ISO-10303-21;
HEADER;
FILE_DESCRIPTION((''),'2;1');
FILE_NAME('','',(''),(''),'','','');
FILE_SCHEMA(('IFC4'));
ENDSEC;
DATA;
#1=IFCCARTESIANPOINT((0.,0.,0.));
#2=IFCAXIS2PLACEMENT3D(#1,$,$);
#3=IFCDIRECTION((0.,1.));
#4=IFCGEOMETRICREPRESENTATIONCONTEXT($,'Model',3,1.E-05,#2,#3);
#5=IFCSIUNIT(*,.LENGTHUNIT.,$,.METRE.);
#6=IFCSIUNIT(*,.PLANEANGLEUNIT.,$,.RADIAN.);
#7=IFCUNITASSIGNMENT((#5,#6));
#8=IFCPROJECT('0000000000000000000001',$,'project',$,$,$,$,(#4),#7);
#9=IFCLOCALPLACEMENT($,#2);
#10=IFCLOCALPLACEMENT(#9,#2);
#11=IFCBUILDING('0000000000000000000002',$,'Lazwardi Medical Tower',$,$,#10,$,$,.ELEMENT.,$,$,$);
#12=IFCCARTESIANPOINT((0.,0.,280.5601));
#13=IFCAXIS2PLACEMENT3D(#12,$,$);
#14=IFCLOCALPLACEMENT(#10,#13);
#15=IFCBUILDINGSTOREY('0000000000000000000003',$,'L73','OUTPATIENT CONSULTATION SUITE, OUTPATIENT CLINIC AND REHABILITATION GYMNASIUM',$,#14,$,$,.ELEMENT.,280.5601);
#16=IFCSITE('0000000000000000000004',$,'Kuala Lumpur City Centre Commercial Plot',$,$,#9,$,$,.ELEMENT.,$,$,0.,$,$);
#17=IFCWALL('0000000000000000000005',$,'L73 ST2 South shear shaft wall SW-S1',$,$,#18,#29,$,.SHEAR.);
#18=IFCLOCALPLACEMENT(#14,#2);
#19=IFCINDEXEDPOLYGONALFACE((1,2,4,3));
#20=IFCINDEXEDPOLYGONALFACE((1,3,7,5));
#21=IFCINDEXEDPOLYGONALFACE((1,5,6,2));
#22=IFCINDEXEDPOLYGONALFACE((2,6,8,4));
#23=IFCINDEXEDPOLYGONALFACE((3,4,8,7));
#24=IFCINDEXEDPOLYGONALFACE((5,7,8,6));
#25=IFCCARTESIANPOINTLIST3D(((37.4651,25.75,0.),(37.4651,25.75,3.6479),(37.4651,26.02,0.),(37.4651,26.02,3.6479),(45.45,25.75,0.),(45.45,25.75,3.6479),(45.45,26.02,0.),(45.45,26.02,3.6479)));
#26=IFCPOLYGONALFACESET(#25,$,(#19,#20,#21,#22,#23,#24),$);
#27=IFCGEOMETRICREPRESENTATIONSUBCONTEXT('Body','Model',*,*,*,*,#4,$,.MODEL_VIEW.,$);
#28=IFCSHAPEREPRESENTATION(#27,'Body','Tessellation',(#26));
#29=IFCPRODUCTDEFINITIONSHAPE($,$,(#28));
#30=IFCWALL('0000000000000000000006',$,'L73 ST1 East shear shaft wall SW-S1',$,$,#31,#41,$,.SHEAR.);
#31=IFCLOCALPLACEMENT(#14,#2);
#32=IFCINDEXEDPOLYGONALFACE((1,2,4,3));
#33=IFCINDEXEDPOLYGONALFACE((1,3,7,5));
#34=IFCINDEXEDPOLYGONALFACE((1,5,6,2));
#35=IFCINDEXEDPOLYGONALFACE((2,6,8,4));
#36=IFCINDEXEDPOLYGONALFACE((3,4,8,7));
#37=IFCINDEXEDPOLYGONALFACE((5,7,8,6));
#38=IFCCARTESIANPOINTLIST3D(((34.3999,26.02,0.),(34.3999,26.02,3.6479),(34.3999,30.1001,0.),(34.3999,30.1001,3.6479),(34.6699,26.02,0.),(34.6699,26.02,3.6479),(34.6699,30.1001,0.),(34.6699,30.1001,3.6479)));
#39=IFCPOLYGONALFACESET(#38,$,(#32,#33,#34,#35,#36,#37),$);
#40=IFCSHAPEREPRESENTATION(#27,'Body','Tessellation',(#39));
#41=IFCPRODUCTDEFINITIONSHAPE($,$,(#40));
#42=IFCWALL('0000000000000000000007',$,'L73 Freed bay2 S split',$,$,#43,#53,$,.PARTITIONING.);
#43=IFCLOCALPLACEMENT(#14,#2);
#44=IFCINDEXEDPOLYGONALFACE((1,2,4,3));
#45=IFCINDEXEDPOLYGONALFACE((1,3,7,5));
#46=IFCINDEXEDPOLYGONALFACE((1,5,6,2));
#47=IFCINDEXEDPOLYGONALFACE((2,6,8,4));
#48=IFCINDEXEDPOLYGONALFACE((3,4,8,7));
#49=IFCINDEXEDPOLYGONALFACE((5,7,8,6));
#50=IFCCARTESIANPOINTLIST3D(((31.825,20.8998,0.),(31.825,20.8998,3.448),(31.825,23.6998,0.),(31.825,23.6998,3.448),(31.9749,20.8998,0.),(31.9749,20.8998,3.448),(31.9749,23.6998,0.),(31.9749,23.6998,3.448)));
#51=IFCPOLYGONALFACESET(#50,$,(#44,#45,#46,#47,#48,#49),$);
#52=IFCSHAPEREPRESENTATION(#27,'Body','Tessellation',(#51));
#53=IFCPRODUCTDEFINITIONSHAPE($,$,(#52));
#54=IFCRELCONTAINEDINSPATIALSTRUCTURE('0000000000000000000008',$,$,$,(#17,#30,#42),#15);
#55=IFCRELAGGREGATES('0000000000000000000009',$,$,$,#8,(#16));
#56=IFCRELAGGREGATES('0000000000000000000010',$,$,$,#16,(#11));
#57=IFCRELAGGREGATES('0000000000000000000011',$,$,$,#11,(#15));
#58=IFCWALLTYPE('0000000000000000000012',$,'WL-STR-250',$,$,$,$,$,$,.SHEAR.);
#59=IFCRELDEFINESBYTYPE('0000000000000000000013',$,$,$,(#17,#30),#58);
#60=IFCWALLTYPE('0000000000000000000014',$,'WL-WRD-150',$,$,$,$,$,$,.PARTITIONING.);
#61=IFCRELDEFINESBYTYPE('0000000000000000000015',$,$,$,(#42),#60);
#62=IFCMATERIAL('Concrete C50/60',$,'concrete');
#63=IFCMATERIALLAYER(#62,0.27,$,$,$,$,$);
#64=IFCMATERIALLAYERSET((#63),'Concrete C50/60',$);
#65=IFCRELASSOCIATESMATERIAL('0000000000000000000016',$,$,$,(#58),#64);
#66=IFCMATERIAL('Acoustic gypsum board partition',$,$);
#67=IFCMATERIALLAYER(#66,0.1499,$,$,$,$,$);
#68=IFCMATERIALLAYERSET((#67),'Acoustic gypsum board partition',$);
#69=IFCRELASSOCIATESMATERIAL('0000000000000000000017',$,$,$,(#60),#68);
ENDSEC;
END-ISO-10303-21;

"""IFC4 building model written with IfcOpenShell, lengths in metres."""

from ifc_helpers import new_model, si_unit, direction, frame, frame_2d, origin, place, context, subcontext, project, spatial, rectangle, extrude, material, layer, layer_set, type_object, element, save


model = new_model("IFC4")

# Units and contexts
model_context = context("Model", 3, precision=1e-05, world=origin(), true_north=direction((0.0, 1.0)))
body_context = subcontext(model_context, "Body", "Model", "MODEL_VIEW")
ifc_project = project(units=[si_unit("LENGTHUNIT", "METRE"), si_unit("PLANEANGLEUNIT", "RADIAN")], contexts=[model_context])

# Site, building, storey
site_placement = place(None, origin())
site = spatial("IfcSite", under=ifc_project, at=site_placement, Name="Kuala Lumpur City Centre Commercial Plot", CompositionType="ELEMENT", RefElevation=0.0)
building_placement = place(site_placement, origin())
building = spatial("IfcBuilding", under=site, at=building_placement, Name="Lazwardi Medical Tower", CompositionType="ELEMENT")
storey_placement = place(building_placement, frame((0.0, 0.0, 280.5601)))
storey = spatial("IfcBuildingStorey", under=building, at=storey_placement, Name="L73", Description="OUTPATIENT CONSULTATION SUITE, OUTPATIENT CLINIC AND REHABILITATION GYMNASIUM", CompositionType="ELEMENT", Elevation=280.5601)

# Shared definitions
ifc_material_1 = material(Name="Concrete C50/60", Category="concrete")
ifc_layer_1 = layer(ifc_material_1, 0.27)
ifc_layer_set_1 = layer_set([ifc_layer_1], Name="Concrete C50/60")
wall_type_1 = type_object("IfcWallType", Name="WL-STR-250", PredefinedType="SHEAR", material=ifc_layer_set_1)

# Walls
wall_1_placement = place(storey_placement, frame((37.4651, 25.885, 0.0), z_axis=(0.0, 0.0, 1.0), x_axis=(1.0, 0.0, 0.0)))
element("IfcWall", 1, at=wall_1_placement, inside=storey, type_object=wall_type_1, Name="L73 ST2 South shear shaft wall SW-S1", PredefinedType="SHEAR", context=body_context, shape_type="SweptSolid", body=[
    extrude(rectangle(XDim=7.9849, YDim=0.27, at=frame_2d((3.9924, 0.0))), origin(), (0.0, 0.0, 1.0), 3.6479),
])
wall_2_placement = place(storey_placement, frame((34.5349, 26.02, 0.0), z_axis=(0.0, 0.0, 1.0), x_axis=(0.0, 1.0, 0.0)))
element("IfcWall", 2, at=wall_2_placement, inside=storey, type_object=wall_type_1, Name="L73 ST1 East shear shaft wall SW-S1", PredefinedType="SHEAR", context=body_context, shape_type="SweptSolid", body=[
    extrude(rectangle(XDim=4.0801, YDim=0.27, at=frame_2d((2.04, 0.0))), origin(), (0.0, 0.0, 1.0), 3.6479),
])
ifc_material_2 = material(Name="Acoustic gypsum board partition")
ifc_layer_2 = layer(ifc_material_2, 0.1499)
ifc_layer_set_2 = layer_set([ifc_layer_2], Name="Acoustic gypsum board partition")
wall_type_2 = type_object("IfcWallType", Name="WL-WRD-150", PredefinedType="PARTITIONING", material=ifc_layer_set_2)
wall_3_placement = place(storey_placement, frame((31.8999, 20.8999, 0.0), z_axis=(0.0, 0.0, 1.0), x_axis=(0.0, 1.0, 0.0)))
element("IfcWall", 3, at=wall_3_placement, inside=storey, type_object=wall_type_2, Name="L73 Freed bay2 S split", PredefinedType="PARTITIONING", context=body_context, shape_type="SweptSolid", body=[
    extrude(rectangle(XDim=2.8, YDim=0.1499, at=frame_2d((1.3999, 0.0))), origin(), (0.0, 0.0, 1.0), 3.448),
])

save(model, "model.ifc")
